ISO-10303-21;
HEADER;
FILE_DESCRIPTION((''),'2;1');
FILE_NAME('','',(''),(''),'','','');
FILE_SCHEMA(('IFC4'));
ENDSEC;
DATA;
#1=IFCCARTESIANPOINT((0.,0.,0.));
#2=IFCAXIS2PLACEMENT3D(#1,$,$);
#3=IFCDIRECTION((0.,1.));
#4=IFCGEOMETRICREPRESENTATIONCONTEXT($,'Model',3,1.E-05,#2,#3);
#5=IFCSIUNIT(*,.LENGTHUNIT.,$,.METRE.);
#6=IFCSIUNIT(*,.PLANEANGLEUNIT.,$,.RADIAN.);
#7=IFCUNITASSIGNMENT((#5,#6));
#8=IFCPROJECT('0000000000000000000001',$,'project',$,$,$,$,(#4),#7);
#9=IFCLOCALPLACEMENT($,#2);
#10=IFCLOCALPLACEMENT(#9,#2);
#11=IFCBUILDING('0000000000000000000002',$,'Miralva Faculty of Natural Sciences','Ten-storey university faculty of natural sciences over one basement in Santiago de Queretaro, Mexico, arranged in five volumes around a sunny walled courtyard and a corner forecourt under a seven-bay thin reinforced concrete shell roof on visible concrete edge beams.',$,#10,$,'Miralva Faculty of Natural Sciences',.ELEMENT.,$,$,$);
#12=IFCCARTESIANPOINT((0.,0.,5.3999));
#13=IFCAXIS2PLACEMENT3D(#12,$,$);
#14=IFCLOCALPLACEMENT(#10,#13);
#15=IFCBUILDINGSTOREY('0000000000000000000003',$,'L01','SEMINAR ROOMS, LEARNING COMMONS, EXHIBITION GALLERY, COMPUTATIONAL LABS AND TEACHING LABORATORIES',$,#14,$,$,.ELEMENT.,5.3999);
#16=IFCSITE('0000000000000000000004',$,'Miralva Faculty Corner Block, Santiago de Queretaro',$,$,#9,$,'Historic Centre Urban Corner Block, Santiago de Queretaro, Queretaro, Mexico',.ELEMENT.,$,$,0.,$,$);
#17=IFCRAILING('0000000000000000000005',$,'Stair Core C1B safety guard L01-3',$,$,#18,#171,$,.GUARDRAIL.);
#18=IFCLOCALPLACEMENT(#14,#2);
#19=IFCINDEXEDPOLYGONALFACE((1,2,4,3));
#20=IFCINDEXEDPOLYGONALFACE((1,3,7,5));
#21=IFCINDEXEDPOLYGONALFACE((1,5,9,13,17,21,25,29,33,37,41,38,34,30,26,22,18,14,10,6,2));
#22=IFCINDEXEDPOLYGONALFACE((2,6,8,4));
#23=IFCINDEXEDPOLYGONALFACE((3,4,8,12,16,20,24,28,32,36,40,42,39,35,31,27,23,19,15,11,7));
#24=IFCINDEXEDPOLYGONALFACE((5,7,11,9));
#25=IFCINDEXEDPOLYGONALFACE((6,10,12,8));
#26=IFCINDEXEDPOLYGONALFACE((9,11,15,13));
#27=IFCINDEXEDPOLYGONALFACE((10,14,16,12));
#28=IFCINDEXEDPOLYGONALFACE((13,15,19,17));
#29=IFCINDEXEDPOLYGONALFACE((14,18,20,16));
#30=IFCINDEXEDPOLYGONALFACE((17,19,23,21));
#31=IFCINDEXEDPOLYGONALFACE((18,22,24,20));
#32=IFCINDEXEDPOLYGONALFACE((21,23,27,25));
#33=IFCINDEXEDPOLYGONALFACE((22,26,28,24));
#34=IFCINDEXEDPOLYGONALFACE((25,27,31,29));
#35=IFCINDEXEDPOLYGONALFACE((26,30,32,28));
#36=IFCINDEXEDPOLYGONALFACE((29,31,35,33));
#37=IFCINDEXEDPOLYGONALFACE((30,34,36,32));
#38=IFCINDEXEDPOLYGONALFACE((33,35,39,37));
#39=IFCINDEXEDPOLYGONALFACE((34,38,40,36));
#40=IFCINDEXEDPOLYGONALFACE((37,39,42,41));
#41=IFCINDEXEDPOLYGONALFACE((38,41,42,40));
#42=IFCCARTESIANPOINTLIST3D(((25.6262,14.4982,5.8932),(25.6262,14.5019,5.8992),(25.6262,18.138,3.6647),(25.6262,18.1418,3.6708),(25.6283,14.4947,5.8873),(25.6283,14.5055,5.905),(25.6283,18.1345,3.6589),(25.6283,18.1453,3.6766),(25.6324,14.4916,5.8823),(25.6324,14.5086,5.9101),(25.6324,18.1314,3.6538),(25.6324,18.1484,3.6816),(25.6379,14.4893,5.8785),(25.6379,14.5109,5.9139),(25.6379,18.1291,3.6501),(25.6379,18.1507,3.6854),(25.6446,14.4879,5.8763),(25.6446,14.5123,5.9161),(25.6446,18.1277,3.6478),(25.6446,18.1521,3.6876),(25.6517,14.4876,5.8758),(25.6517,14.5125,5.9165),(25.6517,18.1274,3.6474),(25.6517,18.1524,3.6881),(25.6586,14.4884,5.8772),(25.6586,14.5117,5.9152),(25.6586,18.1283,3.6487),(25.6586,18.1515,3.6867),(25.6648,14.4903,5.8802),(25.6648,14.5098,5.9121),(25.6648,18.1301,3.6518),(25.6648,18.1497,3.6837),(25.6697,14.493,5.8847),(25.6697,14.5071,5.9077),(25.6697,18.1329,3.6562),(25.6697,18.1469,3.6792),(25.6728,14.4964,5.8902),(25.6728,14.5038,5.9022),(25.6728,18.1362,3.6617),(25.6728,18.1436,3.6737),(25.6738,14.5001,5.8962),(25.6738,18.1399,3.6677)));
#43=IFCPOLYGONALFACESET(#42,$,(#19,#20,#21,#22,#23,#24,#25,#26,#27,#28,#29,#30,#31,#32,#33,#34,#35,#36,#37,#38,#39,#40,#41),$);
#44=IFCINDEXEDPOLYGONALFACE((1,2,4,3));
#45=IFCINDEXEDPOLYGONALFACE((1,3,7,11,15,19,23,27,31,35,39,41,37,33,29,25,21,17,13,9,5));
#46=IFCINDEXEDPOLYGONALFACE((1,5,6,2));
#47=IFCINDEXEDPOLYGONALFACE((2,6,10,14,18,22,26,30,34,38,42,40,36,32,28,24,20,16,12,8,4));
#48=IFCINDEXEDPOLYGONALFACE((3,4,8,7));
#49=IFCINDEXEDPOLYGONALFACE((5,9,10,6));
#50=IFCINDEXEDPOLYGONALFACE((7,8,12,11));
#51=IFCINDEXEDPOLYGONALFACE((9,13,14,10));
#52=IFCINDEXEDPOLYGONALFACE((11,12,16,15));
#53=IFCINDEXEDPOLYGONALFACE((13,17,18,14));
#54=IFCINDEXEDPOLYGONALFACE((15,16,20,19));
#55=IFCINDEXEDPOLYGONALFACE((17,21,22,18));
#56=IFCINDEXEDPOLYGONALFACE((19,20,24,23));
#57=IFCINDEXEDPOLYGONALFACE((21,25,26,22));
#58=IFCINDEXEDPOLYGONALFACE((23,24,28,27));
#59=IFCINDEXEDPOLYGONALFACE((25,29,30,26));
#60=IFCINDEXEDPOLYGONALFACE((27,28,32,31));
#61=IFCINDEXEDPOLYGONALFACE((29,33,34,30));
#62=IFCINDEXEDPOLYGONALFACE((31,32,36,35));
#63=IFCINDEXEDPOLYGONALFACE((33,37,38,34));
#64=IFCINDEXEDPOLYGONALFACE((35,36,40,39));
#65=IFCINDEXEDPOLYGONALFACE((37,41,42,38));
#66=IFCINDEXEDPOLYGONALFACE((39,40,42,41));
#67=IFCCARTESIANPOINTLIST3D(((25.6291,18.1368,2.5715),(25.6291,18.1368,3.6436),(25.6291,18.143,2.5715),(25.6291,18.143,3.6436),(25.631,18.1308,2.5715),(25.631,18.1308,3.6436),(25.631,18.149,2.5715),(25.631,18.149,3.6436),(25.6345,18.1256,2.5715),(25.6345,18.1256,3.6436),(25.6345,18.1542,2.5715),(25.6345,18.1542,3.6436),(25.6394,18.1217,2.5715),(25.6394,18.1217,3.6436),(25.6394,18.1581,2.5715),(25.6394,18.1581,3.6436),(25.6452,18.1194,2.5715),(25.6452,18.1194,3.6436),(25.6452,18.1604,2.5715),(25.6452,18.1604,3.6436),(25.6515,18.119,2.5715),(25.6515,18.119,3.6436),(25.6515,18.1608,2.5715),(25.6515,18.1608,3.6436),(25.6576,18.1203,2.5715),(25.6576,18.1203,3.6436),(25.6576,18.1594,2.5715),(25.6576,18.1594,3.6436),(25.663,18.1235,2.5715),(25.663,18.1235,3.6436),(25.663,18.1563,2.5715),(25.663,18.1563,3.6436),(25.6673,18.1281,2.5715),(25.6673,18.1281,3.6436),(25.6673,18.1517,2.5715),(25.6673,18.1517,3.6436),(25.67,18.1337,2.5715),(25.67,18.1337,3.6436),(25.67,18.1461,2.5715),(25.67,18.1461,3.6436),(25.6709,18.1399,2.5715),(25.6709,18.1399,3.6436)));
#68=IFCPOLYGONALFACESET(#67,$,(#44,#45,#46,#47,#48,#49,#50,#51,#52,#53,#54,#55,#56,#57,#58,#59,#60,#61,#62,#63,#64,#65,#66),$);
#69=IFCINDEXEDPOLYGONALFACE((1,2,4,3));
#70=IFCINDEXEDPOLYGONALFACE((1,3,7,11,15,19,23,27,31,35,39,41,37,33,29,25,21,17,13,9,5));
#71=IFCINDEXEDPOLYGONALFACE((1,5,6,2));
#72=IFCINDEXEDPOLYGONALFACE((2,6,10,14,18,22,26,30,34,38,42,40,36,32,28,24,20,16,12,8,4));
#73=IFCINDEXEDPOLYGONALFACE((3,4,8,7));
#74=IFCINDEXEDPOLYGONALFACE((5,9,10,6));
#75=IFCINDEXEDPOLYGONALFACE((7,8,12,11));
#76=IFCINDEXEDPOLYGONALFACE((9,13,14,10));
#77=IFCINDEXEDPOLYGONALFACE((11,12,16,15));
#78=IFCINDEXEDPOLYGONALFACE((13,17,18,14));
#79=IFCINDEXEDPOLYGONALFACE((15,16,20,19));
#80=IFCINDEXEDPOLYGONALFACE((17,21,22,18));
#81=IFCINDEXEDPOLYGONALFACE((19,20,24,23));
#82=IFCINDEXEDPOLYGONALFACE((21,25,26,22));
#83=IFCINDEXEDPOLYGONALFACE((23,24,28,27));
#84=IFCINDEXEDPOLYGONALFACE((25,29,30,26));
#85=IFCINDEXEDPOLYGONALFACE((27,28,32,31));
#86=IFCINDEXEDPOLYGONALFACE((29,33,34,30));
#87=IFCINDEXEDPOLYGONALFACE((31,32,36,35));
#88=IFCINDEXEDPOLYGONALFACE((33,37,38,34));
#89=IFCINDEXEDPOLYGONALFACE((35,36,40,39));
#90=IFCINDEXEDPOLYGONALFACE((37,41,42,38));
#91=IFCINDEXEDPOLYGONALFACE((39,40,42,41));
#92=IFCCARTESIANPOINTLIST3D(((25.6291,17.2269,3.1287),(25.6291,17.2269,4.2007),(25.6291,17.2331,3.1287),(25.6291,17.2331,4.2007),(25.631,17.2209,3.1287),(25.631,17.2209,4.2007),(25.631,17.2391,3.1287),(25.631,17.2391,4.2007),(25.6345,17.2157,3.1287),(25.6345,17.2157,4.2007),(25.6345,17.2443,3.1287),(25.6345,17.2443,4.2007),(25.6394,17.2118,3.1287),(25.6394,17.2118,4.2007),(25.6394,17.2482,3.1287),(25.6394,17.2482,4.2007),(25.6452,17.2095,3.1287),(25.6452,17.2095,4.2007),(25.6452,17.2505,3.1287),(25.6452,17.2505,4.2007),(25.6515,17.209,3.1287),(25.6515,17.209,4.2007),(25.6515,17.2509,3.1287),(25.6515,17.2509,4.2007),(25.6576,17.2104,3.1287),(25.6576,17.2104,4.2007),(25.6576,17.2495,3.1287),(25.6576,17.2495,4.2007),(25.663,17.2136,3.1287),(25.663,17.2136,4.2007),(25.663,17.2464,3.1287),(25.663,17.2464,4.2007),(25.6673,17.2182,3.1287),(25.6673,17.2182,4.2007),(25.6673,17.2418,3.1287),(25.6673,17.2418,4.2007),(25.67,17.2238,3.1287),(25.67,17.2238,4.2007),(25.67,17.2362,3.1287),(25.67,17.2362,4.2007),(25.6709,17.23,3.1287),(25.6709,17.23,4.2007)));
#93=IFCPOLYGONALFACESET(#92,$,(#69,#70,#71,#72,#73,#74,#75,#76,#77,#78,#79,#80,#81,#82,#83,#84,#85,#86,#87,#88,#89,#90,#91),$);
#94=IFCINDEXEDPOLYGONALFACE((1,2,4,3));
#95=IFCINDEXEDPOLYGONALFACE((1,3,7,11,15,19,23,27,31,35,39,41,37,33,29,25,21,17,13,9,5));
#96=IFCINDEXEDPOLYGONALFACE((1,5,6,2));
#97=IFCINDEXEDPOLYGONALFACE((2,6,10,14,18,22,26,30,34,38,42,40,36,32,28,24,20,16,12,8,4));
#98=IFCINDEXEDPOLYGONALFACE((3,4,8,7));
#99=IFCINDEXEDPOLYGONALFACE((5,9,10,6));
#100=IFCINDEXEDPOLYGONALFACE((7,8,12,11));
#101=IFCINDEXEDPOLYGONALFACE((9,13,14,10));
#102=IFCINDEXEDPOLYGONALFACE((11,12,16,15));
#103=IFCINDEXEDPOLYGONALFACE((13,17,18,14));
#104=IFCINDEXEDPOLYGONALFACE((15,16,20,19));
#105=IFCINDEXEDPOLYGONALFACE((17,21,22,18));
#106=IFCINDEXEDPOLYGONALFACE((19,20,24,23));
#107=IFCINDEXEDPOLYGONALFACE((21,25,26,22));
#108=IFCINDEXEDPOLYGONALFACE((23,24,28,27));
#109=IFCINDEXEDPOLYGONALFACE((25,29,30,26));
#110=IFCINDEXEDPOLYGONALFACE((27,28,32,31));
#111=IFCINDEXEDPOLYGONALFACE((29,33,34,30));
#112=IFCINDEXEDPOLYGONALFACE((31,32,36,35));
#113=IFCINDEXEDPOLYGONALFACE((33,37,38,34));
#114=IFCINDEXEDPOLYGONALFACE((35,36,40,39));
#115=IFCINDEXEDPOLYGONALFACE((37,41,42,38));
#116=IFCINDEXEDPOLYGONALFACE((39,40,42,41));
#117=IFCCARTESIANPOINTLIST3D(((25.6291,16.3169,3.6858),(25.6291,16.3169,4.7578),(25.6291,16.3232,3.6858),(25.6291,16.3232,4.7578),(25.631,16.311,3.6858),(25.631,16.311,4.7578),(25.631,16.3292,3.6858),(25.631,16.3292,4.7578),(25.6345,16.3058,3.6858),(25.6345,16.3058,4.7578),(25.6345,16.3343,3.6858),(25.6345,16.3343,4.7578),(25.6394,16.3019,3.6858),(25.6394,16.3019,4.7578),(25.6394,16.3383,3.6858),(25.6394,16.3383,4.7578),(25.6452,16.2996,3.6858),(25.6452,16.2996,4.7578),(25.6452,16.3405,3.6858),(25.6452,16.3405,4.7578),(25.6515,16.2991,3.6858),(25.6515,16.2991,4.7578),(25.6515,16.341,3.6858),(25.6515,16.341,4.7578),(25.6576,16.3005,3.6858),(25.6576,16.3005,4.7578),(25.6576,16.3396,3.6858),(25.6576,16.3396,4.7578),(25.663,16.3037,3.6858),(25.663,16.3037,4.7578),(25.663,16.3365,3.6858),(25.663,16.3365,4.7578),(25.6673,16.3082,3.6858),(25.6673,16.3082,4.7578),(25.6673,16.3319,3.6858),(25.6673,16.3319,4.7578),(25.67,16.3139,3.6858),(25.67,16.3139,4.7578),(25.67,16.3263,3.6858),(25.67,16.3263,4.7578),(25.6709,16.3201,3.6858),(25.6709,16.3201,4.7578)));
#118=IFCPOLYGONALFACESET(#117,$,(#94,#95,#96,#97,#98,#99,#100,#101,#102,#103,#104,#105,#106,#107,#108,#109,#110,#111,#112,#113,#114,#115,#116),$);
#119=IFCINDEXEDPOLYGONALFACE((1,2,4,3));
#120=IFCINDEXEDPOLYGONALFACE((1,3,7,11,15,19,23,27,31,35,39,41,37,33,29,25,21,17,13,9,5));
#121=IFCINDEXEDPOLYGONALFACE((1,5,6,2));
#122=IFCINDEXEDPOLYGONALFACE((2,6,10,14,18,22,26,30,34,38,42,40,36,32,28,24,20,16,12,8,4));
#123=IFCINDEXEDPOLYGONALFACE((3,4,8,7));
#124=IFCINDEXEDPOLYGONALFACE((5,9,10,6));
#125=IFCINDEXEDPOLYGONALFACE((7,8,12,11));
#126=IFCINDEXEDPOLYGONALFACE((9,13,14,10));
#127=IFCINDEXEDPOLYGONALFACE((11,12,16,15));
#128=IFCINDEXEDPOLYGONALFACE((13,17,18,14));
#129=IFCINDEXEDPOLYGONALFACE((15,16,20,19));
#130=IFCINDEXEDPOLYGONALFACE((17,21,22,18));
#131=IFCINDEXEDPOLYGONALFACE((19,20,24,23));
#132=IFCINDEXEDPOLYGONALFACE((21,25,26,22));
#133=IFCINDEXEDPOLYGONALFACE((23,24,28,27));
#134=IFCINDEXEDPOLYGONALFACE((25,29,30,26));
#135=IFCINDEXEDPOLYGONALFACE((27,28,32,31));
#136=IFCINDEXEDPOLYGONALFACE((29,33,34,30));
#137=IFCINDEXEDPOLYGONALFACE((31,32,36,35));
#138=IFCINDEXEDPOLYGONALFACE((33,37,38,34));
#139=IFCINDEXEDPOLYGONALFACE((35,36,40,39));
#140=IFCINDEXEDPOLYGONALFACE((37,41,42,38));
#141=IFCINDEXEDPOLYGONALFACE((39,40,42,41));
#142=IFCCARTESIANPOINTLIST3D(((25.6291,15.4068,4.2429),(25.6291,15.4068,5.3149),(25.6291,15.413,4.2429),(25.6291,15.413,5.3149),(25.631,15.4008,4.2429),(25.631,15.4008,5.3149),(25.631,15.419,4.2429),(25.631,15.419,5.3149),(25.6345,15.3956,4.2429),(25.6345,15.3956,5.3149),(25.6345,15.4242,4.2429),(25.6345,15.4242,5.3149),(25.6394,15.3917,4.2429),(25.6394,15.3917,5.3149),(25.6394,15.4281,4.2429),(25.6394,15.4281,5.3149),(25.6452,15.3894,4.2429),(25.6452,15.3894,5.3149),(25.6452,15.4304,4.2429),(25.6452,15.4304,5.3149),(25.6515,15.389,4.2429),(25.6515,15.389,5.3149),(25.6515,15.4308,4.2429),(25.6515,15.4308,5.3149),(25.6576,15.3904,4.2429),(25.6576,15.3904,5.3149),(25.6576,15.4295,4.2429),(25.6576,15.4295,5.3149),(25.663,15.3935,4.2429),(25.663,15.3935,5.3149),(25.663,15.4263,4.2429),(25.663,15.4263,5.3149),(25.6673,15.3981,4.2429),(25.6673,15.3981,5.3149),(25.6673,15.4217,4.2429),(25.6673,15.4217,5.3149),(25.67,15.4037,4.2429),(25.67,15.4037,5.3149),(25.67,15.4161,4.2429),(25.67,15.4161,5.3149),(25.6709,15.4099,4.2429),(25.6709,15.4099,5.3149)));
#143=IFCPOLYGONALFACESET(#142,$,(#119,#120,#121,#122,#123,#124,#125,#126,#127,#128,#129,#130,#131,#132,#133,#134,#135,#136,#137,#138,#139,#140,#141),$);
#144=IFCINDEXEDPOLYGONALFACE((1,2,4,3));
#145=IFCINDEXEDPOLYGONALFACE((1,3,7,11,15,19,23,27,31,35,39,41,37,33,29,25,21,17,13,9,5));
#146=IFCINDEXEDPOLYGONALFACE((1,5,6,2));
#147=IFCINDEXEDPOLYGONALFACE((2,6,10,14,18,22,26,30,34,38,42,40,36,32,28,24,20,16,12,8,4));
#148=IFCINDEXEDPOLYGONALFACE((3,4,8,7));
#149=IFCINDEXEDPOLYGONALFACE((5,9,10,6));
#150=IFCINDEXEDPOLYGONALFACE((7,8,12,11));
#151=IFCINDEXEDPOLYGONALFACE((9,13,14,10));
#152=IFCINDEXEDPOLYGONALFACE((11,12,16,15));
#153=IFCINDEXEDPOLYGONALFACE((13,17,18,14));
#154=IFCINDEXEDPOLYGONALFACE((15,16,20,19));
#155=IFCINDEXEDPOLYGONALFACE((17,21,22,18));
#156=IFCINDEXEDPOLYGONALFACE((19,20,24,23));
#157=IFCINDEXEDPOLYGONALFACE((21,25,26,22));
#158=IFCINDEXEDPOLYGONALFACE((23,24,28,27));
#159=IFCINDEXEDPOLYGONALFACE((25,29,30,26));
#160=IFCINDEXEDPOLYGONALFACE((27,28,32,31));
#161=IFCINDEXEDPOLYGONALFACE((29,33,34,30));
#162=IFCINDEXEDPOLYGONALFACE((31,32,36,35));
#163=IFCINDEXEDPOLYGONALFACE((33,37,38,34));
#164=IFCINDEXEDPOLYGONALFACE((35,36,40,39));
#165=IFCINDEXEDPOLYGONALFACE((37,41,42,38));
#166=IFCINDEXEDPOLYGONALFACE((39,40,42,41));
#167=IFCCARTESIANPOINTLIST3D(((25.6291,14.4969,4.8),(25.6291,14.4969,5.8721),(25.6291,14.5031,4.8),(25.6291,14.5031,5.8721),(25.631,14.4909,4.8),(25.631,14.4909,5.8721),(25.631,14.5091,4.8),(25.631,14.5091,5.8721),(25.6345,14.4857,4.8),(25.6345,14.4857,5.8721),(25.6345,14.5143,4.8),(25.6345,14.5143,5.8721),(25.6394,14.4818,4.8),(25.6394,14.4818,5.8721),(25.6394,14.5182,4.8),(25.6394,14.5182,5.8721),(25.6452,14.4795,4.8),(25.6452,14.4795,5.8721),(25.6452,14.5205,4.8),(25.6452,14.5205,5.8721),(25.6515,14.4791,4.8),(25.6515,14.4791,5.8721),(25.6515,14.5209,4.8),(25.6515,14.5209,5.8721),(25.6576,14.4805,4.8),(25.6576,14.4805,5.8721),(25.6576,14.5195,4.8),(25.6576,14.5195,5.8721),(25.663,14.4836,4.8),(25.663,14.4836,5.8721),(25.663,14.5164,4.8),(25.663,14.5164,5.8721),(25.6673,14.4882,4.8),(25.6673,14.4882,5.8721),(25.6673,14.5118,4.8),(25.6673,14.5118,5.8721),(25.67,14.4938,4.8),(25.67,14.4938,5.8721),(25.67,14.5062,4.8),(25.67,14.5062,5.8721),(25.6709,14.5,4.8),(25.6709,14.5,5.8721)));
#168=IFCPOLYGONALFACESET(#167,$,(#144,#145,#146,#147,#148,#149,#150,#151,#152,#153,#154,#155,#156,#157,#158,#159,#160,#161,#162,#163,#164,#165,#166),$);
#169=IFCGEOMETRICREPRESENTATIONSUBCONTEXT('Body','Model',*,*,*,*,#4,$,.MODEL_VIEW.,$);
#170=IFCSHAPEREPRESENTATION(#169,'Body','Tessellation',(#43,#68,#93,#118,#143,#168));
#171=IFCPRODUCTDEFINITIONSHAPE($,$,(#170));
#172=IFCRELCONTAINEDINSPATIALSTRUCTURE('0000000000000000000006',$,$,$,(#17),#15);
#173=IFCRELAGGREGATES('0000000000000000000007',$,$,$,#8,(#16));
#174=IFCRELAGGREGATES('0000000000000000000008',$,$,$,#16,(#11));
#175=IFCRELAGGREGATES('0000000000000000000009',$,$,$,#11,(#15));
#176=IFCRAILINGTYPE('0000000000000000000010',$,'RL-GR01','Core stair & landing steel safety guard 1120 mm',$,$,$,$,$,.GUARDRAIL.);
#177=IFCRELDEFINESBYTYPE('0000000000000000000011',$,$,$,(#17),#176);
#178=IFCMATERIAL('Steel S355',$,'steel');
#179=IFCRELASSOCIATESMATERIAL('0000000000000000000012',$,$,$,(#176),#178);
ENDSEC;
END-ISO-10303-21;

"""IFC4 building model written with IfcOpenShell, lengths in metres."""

from ifc_helpers import new_model, si_unit, direction, frame, origin, origin_2d, place, context, subcontext, project, spatial, circle, extrude, material, type_object, element, save


model = new_model("IFC4")

# Units and contexts
model_context = context("Model", 3, precision=1e-05, world=origin(), true_north=direction((0.0, 1.0)))
body_context = subcontext(model_context, "Body", "Model", "MODEL_VIEW")
ifc_project = project(units=[si_unit("LENGTHUNIT", "METRE"), si_unit("PLANEANGLEUNIT", "RADIAN")], contexts=[model_context])

# Site, building, storey
site_placement = place(None, origin())
site = spatial("IfcSite", under=ifc_project, at=site_placement, Name="Miralva Faculty Corner Block, Santiago de Queretaro", LongName="Historic Centre Urban Corner Block, Santiago de Queretaro, Queretaro, Mexico", CompositionType="ELEMENT", RefElevation=0.0)
building_placement = place(site_placement, origin())
building = spatial("IfcBuilding", under=site, at=building_placement, Name="Miralva Faculty of Natural Sciences", Description="Ten-storey university faculty of natural sciences over one basement in Santiago de Queretaro, Mexico, arranged in five volumes around a sunny walled courtyard and a corner forecourt under a seven-bay thin reinforced concrete shell roof on visible concrete edge beams.", LongName="Miralva Faculty of Natural Sciences", CompositionType="ELEMENT")
storey_placement = place(building_placement, frame((0.0, 0.0, 5.3999)))
storey = spatial("IfcBuildingStorey", under=building, at=storey_placement, Name="L01", Description="SEMINAR ROOMS, LEARNING COMMONS, EXHIBITION GALLERY, COMPUTATIONAL LABS AND TEACHING LABORATORIES", CompositionType="ELEMENT", Elevation=5.3999)

# Railing
ifc_material_1 = material(Name="Steel S355", Category="steel")
railing_type = type_object("IfcRailingType", Name="RL-GR01", Description="Core stair & landing steel safety guard 1120 mm", PredefinedType="GUARDRAIL", material=ifc_material_1)
railing_1_placement = place(storey_placement, frame((25.6499, 18.1399, 2.5715)))
element("IfcRailing", 1, at=railing_1_placement, inside=storey, type_object=railing_type, Name="Stair Core C1B safety guard L01-3", PredefinedType="GUARDRAIL", context=body_context, shape_type="SweptSolid", body=[
    extrude(circle(Radius=0.0239, at=origin_2d()), frame((0.0, 0.0, 1.0962), z_axis=(0.0, -0.85285, 0.522156), x_axis=(1.0, 0.0, 0.0)), (0.0, 0.0, 1.0), 4.2678),
    extrude(circle(Radius=0.021, at=origin_2d()), origin(), (0.0, 0.0, 1.0), 1.072),
    extrude(circle(Radius=0.021, at=origin_2d()), frame((0.0, -0.9099, 0.5571)), (0.0, 0.0, 1.0), 1.072),
    extrude(circle(Radius=0.021, at=origin_2d()), frame((0.0, -1.8198, 1.1143)), (0.0, 0.0, 1.0), 1.072),
    extrude(circle(Radius=0.021, at=origin_2d()), frame((0.0, -2.73, 1.6714)), (0.0, 0.0, 1.0), 1.072),
    extrude(circle(Radius=0.021, at=origin_2d()), frame((0.0, -3.6399, 2.2285)), (0.0, 0.0, 1.0), 1.072),
])

save(model, "model.ifc")
